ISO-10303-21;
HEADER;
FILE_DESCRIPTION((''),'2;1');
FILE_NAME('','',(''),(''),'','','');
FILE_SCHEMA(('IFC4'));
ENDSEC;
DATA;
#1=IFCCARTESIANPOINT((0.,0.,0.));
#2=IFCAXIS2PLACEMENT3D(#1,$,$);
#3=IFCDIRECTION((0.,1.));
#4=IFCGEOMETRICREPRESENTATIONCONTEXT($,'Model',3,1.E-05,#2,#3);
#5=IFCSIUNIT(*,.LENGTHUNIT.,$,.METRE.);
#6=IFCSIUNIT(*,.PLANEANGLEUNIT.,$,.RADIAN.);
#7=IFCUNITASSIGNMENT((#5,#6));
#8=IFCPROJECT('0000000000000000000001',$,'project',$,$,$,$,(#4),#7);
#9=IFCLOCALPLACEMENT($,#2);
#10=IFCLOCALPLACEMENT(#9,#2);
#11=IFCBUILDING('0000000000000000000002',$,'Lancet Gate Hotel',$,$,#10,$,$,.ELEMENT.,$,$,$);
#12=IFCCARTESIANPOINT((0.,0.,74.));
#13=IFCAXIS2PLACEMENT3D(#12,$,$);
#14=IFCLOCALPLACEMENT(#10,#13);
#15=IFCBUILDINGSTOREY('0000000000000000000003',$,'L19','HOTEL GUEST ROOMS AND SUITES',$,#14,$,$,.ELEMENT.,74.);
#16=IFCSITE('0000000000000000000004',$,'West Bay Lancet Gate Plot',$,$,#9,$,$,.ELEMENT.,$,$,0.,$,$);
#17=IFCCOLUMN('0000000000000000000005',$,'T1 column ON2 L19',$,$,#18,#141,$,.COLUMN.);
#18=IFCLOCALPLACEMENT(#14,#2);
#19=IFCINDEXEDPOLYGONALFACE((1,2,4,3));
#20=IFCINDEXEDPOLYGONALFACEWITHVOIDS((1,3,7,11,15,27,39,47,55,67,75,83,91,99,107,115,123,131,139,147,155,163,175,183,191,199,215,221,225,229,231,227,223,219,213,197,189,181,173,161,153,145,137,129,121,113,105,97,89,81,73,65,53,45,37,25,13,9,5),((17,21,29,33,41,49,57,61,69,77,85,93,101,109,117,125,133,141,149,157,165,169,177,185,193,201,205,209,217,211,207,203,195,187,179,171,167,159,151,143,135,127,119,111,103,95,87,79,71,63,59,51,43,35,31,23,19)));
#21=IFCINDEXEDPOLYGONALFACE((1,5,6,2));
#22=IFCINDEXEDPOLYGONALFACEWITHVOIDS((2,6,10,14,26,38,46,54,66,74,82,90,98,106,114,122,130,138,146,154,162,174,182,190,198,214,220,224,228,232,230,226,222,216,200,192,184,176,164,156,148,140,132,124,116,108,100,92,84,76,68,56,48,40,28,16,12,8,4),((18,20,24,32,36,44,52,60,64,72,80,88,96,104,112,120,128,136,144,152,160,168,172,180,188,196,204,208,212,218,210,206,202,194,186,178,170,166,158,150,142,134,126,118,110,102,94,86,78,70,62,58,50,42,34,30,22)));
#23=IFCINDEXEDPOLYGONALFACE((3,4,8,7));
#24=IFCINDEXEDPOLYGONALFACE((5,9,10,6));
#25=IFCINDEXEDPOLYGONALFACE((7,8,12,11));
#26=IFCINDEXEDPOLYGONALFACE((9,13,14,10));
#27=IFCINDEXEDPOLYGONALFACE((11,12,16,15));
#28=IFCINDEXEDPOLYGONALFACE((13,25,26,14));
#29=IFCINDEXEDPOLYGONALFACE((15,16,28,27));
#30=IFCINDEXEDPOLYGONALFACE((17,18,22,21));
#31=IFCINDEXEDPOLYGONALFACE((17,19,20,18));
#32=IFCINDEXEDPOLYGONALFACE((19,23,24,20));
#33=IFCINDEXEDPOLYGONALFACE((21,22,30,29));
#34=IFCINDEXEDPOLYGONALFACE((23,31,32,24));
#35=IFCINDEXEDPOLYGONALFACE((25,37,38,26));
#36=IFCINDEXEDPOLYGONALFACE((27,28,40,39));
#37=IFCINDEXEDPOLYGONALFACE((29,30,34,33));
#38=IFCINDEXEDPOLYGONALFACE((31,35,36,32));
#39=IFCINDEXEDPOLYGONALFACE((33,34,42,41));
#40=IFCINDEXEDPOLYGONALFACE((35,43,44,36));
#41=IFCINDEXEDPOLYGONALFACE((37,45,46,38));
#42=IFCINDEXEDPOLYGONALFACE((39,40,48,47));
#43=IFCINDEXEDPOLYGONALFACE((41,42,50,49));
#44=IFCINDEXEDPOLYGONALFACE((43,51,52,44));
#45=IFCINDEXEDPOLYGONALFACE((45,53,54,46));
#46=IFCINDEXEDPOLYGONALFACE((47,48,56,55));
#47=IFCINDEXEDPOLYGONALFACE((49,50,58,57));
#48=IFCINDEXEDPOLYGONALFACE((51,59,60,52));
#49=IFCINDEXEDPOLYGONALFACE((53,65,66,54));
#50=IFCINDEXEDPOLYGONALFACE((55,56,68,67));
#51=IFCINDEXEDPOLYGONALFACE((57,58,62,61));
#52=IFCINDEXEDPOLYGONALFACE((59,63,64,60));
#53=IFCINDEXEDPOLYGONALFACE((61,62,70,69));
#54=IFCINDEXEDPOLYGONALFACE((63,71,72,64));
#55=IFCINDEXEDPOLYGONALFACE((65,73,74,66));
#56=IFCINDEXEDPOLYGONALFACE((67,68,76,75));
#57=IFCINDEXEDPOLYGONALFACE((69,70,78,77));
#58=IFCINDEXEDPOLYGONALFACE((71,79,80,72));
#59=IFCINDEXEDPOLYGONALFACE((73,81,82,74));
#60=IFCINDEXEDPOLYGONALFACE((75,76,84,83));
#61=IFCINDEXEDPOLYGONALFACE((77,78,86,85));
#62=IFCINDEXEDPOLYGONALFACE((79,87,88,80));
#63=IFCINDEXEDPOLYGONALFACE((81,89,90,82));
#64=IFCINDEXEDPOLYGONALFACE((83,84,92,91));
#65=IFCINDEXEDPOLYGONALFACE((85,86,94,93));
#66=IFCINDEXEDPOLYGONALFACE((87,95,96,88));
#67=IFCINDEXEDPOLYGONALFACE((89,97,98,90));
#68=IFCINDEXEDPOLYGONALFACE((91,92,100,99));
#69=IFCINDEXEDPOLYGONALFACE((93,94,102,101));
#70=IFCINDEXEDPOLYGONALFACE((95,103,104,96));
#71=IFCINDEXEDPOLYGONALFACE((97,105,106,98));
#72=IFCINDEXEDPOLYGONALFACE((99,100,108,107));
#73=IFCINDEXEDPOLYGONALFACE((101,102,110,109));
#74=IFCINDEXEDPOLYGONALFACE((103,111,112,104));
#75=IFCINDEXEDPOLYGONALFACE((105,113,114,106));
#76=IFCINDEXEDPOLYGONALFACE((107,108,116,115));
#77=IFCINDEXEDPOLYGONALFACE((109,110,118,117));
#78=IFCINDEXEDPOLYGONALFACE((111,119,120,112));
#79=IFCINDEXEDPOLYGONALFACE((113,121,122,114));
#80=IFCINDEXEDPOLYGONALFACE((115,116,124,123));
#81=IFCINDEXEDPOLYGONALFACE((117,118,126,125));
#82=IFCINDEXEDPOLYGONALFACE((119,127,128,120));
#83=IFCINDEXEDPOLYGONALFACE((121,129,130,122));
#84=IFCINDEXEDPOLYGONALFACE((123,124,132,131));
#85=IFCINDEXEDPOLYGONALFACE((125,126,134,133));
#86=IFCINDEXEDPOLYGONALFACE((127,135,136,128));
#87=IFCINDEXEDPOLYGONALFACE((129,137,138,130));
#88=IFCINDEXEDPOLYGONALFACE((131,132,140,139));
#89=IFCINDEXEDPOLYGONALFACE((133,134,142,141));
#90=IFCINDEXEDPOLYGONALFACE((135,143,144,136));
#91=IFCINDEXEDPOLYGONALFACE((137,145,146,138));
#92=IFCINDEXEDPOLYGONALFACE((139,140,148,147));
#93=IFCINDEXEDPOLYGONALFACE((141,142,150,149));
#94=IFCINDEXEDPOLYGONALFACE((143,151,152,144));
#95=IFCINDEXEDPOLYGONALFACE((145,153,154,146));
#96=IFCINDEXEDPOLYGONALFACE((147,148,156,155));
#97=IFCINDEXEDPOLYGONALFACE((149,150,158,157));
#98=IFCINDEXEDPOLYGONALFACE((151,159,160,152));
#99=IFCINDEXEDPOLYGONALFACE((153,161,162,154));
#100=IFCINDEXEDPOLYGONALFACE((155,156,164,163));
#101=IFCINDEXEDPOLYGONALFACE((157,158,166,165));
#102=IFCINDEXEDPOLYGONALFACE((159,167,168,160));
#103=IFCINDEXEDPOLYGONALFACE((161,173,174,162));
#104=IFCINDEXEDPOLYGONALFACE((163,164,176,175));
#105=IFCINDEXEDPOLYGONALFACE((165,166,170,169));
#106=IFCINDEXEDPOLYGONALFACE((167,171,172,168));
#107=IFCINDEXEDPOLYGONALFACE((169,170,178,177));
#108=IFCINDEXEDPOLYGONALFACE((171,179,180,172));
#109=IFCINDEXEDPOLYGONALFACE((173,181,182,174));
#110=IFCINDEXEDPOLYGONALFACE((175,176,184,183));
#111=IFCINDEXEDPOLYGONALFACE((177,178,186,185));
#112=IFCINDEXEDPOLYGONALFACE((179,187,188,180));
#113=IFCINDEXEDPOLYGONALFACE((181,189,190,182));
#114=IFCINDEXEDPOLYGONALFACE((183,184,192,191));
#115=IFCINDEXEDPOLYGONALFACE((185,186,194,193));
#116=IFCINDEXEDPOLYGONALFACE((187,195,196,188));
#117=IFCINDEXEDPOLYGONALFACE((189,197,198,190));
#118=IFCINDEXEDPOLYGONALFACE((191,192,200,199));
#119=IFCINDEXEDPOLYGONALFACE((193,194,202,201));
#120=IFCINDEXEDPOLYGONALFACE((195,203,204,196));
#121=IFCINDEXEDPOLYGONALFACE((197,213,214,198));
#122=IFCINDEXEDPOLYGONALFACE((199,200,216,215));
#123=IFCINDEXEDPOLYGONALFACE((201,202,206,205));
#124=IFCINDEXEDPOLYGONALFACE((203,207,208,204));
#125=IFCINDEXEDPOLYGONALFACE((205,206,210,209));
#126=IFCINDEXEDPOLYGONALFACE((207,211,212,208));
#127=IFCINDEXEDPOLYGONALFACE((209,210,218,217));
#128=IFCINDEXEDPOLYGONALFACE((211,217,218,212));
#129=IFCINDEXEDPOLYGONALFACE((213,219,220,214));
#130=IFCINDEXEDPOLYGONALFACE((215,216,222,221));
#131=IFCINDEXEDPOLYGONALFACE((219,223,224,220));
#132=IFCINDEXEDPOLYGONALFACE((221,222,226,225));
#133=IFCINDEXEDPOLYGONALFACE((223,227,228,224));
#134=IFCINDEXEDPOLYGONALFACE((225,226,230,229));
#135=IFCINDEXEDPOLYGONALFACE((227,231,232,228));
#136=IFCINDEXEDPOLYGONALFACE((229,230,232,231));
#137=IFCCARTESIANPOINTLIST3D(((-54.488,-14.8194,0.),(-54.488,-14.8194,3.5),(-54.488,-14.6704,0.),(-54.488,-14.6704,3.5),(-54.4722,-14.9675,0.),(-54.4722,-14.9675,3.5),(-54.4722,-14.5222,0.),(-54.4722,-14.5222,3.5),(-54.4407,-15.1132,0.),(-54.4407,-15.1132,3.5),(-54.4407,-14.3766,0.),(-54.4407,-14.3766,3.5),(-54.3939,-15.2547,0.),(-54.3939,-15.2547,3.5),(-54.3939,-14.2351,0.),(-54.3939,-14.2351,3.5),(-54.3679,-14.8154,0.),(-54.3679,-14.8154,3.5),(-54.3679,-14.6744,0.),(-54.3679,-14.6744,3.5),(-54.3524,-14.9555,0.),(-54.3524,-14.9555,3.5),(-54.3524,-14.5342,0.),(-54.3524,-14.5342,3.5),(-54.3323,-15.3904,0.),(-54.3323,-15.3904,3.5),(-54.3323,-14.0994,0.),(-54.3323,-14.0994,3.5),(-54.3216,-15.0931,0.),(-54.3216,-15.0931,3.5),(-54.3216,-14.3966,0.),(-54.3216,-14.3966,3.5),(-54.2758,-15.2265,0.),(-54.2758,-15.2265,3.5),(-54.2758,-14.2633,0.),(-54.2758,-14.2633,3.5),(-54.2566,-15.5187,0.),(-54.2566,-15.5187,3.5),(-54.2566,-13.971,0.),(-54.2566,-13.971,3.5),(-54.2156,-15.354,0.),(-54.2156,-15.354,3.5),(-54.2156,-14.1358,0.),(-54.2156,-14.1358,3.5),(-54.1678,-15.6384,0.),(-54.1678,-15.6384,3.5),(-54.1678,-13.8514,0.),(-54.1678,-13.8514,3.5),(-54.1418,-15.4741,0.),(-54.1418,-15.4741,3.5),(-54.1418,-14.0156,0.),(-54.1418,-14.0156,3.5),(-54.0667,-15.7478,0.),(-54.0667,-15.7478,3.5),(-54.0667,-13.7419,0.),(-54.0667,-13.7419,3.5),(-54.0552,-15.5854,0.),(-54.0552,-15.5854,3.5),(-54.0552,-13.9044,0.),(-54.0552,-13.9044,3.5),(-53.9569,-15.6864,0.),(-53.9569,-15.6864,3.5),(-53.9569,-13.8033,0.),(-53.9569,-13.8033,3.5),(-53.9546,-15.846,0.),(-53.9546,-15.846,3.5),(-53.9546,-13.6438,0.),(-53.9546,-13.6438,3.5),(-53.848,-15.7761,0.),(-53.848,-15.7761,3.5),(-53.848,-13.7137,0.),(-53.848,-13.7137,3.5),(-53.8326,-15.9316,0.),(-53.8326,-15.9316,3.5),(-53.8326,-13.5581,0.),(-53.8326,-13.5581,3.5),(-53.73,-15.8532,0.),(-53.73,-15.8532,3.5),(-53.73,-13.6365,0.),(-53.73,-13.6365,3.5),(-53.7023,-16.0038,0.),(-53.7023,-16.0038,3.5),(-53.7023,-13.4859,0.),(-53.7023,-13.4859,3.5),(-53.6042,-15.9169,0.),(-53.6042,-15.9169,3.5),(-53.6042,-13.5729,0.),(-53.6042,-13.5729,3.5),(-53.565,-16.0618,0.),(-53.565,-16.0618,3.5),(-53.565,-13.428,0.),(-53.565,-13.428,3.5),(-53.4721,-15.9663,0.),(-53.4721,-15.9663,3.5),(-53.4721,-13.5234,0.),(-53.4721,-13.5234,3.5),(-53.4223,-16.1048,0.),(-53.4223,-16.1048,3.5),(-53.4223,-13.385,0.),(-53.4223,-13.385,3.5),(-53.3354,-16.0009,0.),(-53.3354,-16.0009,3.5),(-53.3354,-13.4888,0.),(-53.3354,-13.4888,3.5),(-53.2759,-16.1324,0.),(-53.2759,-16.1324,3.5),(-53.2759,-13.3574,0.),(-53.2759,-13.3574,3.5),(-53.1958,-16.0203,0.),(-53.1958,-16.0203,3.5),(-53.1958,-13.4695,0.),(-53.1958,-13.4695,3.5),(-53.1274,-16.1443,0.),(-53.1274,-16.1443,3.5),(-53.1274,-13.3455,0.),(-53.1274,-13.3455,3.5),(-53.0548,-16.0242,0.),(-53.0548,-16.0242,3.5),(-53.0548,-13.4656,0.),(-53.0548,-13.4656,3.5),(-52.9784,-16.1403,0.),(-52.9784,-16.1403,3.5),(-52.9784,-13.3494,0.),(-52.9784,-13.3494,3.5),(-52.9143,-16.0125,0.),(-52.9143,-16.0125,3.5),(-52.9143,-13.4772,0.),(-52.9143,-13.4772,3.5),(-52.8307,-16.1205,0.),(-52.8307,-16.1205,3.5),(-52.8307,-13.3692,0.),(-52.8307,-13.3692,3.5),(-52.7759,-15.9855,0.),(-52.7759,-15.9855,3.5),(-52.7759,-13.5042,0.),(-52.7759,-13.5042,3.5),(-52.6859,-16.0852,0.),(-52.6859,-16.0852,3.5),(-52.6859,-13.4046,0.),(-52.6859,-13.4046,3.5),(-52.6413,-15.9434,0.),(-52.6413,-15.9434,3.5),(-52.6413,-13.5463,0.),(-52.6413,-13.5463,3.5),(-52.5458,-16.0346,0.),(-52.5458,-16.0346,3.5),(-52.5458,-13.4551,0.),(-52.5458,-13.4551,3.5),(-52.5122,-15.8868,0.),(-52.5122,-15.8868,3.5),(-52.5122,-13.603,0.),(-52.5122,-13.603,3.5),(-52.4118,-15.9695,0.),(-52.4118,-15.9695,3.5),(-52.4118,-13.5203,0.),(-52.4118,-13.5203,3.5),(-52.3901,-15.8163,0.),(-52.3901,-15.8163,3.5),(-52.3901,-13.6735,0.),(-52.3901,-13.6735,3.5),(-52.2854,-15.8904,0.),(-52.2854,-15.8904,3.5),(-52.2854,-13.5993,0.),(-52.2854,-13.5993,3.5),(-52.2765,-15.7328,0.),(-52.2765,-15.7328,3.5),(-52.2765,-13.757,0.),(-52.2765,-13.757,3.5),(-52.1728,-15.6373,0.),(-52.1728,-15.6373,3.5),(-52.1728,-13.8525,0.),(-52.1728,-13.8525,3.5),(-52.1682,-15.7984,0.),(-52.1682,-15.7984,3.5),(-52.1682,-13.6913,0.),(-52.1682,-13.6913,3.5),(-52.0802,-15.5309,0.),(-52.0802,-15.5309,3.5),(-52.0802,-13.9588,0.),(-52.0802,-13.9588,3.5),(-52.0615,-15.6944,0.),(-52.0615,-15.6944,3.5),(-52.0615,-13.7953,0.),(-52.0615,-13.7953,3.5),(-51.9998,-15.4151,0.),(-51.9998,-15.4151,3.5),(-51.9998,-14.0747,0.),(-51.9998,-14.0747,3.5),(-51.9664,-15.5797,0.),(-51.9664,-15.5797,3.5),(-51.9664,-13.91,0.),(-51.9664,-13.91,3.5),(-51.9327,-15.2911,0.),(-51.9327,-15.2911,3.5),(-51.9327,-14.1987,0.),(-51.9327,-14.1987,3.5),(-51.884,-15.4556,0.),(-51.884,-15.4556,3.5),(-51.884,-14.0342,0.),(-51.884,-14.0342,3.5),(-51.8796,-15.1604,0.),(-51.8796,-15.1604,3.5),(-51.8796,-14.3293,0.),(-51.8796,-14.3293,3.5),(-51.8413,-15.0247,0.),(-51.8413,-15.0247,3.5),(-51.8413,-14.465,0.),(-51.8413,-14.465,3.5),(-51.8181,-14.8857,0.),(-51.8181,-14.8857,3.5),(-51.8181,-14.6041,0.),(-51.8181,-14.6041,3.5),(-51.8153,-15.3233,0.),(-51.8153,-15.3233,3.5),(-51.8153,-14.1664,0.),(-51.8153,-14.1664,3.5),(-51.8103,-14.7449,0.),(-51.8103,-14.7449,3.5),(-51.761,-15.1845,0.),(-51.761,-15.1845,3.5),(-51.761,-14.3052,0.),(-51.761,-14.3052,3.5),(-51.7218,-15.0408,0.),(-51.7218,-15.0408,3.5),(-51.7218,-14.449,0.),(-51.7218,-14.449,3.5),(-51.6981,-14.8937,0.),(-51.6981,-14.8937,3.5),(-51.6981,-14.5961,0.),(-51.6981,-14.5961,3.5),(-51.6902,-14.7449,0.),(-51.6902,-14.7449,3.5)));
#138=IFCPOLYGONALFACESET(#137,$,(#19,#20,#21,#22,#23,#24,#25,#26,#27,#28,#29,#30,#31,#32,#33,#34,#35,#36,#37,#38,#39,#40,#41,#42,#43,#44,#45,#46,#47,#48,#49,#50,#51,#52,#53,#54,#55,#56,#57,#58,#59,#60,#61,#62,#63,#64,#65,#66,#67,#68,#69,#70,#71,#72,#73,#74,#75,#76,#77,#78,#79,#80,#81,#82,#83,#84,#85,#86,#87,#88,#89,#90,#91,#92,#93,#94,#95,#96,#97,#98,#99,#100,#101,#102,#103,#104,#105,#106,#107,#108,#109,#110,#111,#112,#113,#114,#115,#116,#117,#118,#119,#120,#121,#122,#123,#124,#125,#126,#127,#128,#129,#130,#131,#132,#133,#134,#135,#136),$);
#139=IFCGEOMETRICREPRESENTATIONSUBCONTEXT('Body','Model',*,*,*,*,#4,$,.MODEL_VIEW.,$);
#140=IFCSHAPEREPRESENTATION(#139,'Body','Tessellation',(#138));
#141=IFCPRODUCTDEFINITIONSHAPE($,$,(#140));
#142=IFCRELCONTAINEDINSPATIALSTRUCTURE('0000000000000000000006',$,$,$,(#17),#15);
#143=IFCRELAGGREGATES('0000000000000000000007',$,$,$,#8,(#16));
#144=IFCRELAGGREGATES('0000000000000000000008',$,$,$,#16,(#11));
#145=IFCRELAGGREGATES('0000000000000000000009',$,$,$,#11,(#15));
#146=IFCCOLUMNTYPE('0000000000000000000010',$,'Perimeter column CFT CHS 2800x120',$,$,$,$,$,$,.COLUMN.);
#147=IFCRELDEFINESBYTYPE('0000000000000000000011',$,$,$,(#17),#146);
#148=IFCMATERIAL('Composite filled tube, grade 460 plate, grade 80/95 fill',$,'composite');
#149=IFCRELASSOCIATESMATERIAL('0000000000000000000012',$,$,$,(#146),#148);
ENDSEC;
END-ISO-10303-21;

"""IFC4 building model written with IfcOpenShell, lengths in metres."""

from ifc_helpers import new_model, si_unit, direction, frame, origin, origin_2d, place, context, subcontext, project, spatial, hollow_circle, extrude, material, material_profile, profile_set, type_object, element, save


model = new_model("IFC4")

# Units and contexts
model_context = context("Model", 3, precision=1e-05, world=origin(), true_north=direction((0.0, 1.0)))
body_context = subcontext(model_context, "Body", "Model", "MODEL_VIEW")
ifc_project = project(units=[si_unit("LENGTHUNIT", "METRE"), si_unit("PLANEANGLEUNIT", "RADIAN")], contexts=[model_context])

# Site, building, storey
site_placement = place(None, origin())
site = spatial("IfcSite", under=ifc_project, at=site_placement, Name="West Bay Lancet Gate Plot", CompositionType="ELEMENT", RefElevation=0.0)
building_placement = place(site_placement, origin())
building = spatial("IfcBuilding", under=site, at=building_placement, Name="Lancet Gate Hotel", CompositionType="ELEMENT")
storey_placement = place(building_placement, frame((0.0, 0.0, 74.0)))
storey = spatial("IfcBuildingStorey", under=building, at=storey_placement, Name="L19", Description="HOTEL GUEST ROOMS AND SUITES", CompositionType="ELEMENT", Elevation=74.0)

# Column
ifc_material_1 = material(Name="Composite filled tube, grade 460 plate, grade 80/95 fill", Category="composite")
ifc_material_profile_1 = material_profile(ifc_material_1, hollow_circle(Radius=1.3999, WallThickness=0.1201, at=origin_2d()), Name="CHS 2800x120")
ifc_profile_set_1 = profile_set([ifc_material_profile_1], Name="Composite filled tube, grade 460 plate, grade 80/95 fill")
column_type = type_object("IfcColumnType", Name="Perimeter column CFT CHS 2800x120", PredefinedType="COLUMN", material=ifc_profile_set_1)
for number, where, z_axis, x_axis, name in (
    (1, (-53.0901, -14.7449, 0.0), (0.0, 0.0, 1.0), (1.0, 0.0, 0.0), "T1 column ON2 L19"),
):
    element("IfcColumn", number, at=place(storey_placement, frame(where, z_axis=z_axis, x_axis=x_axis)), inside=storey, type_object=column_type, Name=name, PredefinedType="COLUMN", context=body_context, shape_type="SweptSolid", body=[
        extrude(hollow_circle(Radius=1.3999, WallThickness=0.1201, at=origin_2d()), origin(), (0.0, 0.0, 1.0), 3.5),
    ])

save(model, "model.ifc")
